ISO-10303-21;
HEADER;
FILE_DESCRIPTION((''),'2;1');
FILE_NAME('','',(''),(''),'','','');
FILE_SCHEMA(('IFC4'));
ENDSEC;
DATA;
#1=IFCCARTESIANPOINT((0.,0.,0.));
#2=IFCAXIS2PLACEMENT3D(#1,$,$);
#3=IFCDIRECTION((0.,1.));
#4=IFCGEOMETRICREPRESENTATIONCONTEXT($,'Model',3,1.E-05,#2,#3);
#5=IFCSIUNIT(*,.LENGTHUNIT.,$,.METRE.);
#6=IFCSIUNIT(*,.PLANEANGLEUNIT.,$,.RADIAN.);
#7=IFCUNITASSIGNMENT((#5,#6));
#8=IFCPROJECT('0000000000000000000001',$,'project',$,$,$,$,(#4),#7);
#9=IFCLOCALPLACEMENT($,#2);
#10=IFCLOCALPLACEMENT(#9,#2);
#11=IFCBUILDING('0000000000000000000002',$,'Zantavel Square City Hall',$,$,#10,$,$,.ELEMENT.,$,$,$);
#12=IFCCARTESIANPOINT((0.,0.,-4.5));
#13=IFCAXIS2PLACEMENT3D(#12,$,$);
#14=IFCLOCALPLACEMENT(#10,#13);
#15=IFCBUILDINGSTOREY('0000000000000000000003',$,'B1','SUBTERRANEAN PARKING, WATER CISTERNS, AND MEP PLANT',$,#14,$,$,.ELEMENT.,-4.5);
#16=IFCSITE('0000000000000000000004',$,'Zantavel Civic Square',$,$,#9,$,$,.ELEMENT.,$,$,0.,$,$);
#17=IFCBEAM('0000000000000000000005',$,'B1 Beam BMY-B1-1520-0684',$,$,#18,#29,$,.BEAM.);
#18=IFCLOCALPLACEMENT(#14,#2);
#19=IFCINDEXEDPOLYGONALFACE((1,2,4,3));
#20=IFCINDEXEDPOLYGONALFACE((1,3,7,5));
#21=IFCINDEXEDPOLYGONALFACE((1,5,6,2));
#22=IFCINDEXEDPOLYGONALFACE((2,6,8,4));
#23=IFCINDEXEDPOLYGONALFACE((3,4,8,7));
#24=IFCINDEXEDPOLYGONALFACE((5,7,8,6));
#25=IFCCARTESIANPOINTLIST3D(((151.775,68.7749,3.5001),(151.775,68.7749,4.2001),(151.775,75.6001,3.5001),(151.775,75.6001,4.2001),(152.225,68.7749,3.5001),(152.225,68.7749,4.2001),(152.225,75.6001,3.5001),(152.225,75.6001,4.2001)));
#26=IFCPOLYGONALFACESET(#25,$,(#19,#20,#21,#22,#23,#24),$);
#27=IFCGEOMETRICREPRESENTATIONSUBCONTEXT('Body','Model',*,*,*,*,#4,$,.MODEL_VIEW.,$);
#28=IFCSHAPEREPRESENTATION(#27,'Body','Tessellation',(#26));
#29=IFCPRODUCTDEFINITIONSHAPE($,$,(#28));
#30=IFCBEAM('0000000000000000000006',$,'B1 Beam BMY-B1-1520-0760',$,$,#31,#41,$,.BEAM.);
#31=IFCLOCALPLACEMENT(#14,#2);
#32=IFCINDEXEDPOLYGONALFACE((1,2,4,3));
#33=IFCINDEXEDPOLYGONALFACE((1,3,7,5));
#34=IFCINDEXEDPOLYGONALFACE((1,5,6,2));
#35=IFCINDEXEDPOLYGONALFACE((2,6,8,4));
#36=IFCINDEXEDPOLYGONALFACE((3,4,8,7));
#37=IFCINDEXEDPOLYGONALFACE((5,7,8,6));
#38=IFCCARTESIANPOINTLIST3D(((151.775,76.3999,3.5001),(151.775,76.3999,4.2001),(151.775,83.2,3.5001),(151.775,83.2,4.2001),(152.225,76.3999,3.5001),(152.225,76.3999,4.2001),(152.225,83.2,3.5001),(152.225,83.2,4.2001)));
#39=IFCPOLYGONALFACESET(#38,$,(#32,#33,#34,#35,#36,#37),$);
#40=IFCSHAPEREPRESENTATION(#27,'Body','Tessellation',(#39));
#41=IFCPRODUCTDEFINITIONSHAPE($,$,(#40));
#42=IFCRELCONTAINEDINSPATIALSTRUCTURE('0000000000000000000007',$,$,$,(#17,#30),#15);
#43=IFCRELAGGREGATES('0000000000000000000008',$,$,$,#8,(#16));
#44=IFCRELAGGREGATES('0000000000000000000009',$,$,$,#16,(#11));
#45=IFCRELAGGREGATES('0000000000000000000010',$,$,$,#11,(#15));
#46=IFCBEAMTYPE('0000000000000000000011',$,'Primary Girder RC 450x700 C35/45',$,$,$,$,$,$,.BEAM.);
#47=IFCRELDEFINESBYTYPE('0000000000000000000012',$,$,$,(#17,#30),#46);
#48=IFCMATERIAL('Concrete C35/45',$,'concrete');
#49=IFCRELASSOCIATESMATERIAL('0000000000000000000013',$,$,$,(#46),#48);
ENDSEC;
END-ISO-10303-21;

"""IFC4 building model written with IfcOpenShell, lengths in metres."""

from ifc_helpers import new_model, si_unit, direction, frame, origin, origin_2d, place, context, subcontext, project, spatial, rectangle, extrude, material, material_profile, profile_set, type_object, element, save


model = new_model("IFC4")

# Units and contexts
model_context = context("Model", 3, precision=1e-05, world=origin(), true_north=direction((0.0, 1.0)))
body_context = subcontext(model_context, "Body", "Model", "MODEL_VIEW")
ifc_project = project(units=[si_unit("LENGTHUNIT", "METRE"), si_unit("PLANEANGLEUNIT", "RADIAN")], contexts=[model_context])

# Site, building, storey
site_placement = place(None, origin())
site = spatial("IfcSite", under=ifc_project, at=site_placement, Name="Zantavel Civic Square", CompositionType="ELEMENT", RefElevation=0.0)
building_placement = place(site_placement, origin())
building = spatial("IfcBuilding", under=site, at=building_placement, Name="Zantavel Square City Hall", CompositionType="ELEMENT")
storey_placement = place(building_placement, frame((0.0, 0.0, -4.5)))
storey = spatial("IfcBuildingStorey", under=building, at=storey_placement, Name="B1", Description="SUBTERRANEAN PARKING, WATER CISTERNS, AND MEP PLANT", CompositionType="ELEMENT", Elevation=-4.5)

# Shared definitions
ifc_material_1 = material(Name="Concrete C35/45", Category="concrete")

# Beams
ifc_material_profile_1 = material_profile(ifc_material_1, rectangle(XDim=0.45, YDim=0.7, at=origin_2d()), Name="RC 450x700")
ifc_profile_set_1 = profile_set([ifc_material_profile_1], Name="Concrete C35/45")
beam_type_1 = type_object("IfcBeamType", Name="Primary Girder RC 450x700 C35/45", PredefinedType="BEAM", material=ifc_profile_set_1)
beam_1_placement = place(storey_placement, frame((152.0, 68.7749, 3.8501), z_axis=(0.0, 1.0, 0.0), x_axis=(-1.0, 0.0, 0.0)))
element("IfcBeam", 1, at=beam_1_placement, inside=storey, type_object=beam_type_1, Name="B1 Beam BMY-B1-1520-0684", PredefinedType="BEAM", context=body_context, shape_type="SweptSolid", body=[
    extrude(rectangle(XDim=0.45, YDim=0.7, at=origin_2d()), origin(), (0.0, 0.0, 1.0), 6.8252),
])
beam_2_placement = place(storey_placement, frame((152.0, 76.3999, 3.8501), z_axis=(0.0, 1.0, 0.0), x_axis=(-1.0, 0.0, 0.0)))
element("IfcBeam", 2, at=beam_2_placement, inside=storey, type_object=beam_type_1, Name="B1 Beam BMY-B1-1520-0760", PredefinedType="BEAM", context=body_context, shape_type="SweptSolid", body=[
    extrude(rectangle(XDim=0.45, YDim=0.7, at=origin_2d()), origin(), (0.0, 0.0, 1.0), 6.8),
])

save(model, "model.ifc")
